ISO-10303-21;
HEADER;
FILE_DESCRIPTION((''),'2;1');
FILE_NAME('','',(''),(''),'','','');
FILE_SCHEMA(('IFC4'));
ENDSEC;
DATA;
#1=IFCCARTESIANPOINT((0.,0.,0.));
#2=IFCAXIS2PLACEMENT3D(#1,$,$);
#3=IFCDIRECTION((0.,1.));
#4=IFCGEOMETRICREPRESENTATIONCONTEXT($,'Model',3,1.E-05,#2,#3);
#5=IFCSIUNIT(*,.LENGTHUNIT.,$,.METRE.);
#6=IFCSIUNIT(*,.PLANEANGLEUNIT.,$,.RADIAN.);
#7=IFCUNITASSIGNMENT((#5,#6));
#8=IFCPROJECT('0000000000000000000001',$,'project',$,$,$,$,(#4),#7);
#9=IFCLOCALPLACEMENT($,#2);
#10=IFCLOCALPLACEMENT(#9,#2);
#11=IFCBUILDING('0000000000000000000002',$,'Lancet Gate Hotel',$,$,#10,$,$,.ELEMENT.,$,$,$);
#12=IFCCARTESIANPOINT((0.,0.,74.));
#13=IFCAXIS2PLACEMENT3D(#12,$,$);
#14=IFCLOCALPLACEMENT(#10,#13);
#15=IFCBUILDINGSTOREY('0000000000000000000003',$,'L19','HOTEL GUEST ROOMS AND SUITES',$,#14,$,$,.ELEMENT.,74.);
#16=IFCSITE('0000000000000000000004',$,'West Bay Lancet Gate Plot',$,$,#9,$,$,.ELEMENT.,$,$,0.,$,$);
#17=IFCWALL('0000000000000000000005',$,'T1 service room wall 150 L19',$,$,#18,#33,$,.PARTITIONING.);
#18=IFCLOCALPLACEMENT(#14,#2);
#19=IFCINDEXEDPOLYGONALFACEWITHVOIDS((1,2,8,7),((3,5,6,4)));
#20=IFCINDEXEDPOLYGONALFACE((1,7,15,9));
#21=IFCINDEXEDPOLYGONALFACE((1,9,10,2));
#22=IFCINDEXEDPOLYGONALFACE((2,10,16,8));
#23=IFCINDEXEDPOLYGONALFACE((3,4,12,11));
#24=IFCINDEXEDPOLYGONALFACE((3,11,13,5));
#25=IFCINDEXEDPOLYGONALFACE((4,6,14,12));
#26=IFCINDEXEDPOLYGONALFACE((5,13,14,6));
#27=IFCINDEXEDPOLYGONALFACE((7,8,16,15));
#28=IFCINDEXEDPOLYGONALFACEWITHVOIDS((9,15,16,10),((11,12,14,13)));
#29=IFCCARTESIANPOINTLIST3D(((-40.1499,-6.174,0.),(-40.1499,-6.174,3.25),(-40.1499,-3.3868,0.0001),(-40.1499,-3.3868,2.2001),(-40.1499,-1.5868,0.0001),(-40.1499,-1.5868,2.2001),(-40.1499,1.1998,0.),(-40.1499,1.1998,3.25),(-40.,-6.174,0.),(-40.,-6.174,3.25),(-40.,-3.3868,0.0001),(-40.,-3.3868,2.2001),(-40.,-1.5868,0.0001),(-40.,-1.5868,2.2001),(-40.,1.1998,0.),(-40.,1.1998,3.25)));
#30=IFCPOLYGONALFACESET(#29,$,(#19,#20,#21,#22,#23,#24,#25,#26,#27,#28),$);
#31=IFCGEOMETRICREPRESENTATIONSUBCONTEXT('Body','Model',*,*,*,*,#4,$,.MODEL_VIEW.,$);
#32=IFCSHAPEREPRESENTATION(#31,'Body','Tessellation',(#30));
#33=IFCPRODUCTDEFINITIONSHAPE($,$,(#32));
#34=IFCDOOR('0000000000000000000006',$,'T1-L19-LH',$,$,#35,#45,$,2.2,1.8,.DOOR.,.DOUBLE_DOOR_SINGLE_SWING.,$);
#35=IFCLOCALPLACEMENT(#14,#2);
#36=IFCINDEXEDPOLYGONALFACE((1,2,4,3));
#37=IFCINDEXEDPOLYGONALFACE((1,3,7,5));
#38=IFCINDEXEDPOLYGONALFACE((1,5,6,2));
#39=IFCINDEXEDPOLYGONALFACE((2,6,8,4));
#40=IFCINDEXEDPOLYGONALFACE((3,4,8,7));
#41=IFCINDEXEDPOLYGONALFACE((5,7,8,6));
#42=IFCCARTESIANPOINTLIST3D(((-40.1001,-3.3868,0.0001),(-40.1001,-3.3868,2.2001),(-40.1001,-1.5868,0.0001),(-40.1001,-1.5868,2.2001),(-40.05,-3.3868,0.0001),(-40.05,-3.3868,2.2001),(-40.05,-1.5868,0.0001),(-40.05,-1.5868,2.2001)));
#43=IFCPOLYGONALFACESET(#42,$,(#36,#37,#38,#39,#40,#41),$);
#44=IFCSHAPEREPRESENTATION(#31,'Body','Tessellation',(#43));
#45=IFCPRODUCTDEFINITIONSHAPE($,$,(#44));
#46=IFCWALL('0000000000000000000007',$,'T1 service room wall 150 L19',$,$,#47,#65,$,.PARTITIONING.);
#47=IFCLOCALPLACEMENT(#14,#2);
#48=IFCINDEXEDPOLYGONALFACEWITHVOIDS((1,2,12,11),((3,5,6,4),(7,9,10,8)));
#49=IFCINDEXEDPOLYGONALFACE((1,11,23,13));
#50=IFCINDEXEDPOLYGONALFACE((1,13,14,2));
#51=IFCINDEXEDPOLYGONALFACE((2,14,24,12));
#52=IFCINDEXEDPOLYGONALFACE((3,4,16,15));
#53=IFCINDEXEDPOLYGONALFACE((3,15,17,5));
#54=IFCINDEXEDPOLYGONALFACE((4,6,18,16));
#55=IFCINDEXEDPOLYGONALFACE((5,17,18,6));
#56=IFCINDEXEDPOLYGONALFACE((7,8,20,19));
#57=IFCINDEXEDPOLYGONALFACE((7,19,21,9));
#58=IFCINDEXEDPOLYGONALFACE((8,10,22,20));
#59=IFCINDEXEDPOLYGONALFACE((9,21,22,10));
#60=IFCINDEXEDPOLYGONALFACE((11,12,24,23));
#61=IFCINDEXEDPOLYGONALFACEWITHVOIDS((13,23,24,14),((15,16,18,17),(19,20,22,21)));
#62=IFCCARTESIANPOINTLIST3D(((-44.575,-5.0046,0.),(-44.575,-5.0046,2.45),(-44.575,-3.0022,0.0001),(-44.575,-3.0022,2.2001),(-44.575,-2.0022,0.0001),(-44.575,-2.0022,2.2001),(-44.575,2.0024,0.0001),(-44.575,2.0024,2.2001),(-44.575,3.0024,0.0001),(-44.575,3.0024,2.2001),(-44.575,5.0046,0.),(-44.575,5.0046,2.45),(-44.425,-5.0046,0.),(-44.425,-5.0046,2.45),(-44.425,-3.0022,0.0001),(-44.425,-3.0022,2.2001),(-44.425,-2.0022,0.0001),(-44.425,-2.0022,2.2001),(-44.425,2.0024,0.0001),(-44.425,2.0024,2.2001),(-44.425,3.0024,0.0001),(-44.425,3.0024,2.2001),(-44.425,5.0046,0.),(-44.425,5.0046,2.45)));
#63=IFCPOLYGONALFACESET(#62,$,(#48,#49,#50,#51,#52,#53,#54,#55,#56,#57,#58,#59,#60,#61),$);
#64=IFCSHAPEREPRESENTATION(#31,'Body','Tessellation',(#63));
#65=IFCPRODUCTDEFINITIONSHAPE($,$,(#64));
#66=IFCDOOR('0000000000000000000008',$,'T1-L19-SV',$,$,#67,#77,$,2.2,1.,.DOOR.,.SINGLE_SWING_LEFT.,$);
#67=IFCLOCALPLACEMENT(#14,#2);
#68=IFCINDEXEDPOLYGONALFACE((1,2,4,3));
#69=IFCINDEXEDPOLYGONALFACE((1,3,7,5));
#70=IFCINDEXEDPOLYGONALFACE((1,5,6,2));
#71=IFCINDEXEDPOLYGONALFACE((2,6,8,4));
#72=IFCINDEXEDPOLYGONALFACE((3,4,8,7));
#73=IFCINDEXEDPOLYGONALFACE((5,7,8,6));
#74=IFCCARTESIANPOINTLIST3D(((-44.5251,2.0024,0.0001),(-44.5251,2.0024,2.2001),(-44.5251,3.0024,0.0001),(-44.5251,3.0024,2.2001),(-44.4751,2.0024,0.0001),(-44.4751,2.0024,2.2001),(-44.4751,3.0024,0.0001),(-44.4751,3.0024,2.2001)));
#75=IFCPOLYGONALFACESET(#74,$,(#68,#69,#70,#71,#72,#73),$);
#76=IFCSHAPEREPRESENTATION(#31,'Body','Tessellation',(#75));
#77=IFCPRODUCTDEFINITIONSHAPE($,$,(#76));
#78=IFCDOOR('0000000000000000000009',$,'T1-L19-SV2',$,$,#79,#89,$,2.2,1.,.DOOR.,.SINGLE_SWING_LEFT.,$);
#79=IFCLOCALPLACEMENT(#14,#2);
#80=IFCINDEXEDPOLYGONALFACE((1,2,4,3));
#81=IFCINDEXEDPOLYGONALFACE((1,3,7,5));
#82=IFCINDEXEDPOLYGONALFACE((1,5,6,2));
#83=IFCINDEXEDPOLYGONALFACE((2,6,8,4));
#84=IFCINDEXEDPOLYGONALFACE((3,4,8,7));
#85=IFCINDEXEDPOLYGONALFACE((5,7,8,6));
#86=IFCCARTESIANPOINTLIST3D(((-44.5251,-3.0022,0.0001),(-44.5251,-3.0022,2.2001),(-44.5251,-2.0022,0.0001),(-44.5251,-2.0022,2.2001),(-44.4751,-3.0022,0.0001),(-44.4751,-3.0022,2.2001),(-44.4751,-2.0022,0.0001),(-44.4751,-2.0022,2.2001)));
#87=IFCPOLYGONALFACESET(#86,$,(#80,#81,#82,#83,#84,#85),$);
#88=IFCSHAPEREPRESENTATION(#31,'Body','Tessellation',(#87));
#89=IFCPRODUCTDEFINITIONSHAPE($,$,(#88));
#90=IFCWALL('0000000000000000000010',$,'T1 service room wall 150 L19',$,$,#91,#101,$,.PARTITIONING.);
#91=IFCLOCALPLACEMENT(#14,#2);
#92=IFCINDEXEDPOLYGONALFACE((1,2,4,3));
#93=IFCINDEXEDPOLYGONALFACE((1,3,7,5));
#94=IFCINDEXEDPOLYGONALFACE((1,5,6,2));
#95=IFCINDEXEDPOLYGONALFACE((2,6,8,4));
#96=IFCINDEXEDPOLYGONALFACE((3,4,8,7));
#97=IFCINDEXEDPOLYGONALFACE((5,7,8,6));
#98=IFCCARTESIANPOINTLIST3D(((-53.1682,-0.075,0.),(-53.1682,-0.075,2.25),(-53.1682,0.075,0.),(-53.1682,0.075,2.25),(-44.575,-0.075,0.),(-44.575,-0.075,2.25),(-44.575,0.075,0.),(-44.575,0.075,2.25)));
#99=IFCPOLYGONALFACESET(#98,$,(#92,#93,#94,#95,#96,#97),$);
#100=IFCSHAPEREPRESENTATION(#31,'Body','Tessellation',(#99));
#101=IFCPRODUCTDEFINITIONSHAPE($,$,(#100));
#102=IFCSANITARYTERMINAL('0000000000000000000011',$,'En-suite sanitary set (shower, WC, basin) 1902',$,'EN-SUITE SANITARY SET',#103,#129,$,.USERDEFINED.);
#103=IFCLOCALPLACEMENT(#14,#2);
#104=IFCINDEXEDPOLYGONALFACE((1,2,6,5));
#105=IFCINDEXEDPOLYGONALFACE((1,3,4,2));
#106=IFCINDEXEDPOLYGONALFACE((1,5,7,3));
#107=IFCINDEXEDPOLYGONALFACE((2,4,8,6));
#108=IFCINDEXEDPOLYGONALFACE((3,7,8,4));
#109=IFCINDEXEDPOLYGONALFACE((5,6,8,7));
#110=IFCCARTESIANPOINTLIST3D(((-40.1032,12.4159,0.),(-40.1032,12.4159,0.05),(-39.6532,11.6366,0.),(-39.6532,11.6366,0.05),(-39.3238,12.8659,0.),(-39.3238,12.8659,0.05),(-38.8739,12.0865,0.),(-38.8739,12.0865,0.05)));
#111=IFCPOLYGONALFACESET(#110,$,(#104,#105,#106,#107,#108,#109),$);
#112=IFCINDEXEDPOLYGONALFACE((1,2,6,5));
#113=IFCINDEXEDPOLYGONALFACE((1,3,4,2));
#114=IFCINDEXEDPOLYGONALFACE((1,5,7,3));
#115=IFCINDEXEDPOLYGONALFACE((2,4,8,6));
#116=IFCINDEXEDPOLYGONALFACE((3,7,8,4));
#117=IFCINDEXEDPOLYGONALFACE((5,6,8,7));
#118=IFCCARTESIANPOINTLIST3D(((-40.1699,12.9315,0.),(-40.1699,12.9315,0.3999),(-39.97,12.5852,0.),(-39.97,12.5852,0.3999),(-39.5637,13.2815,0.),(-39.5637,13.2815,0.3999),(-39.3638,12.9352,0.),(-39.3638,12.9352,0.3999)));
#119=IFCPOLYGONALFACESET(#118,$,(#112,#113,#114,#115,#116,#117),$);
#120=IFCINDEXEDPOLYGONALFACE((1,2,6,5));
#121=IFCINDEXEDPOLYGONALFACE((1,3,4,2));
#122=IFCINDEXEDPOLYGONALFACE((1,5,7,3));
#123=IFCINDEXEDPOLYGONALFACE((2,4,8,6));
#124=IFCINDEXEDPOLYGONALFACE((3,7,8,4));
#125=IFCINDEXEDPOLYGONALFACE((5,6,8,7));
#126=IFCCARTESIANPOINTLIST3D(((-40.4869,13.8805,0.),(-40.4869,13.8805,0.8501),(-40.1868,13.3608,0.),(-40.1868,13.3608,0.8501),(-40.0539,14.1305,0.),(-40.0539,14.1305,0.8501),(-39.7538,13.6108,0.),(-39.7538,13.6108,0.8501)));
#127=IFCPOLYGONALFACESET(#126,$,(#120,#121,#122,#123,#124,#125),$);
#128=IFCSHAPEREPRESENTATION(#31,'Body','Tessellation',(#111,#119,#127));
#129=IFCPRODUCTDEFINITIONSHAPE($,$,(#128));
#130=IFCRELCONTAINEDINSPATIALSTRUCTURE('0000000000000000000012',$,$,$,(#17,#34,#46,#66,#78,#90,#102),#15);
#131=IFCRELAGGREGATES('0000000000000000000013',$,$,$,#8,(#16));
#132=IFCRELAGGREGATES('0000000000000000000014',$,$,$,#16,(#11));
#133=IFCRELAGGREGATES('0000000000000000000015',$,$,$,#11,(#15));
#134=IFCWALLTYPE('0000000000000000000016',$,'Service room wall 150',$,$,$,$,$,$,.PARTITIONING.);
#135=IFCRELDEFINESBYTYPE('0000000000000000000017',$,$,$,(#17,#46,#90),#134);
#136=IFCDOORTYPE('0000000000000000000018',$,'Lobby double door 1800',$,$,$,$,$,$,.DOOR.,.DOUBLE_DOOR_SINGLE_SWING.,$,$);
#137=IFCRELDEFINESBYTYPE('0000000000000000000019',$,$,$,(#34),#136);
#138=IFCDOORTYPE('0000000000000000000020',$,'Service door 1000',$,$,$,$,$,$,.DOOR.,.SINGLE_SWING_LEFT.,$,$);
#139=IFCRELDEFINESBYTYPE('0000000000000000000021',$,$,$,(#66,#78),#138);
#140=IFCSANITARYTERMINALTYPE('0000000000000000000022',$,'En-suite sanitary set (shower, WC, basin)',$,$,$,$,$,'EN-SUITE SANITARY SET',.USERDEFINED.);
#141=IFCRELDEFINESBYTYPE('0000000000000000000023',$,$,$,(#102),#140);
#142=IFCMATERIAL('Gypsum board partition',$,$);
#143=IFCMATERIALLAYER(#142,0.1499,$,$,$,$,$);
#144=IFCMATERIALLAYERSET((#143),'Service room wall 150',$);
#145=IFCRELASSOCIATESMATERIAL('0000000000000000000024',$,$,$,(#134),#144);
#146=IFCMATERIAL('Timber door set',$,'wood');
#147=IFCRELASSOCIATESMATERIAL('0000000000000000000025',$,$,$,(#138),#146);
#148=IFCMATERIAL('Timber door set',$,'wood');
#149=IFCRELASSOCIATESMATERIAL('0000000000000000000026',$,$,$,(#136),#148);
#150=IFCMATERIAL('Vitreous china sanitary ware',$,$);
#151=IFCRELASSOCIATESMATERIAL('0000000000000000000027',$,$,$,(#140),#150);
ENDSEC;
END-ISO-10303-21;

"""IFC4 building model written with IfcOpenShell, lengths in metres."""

from ifc_helpers import new_model, si_unit, direction, frame, frame_2d, origin, origin_2d, place, context, subcontext, project, spatial, rectangle, extrude, material, layer, layer_set, type_object, element, fill, save


model = new_model("IFC4")

# Units and contexts
model_context = context("Model", 3, precision=1e-05, world=origin(), true_north=direction((0.0, 1.0)))
body_context = subcontext(model_context, "Body", "Model", "MODEL_VIEW")
ifc_project = project(units=[si_unit("LENGTHUNIT", "METRE"), si_unit("PLANEANGLEUNIT", "RADIAN")], contexts=[model_context])

# Site, building, storey
site_placement = place(None, origin())
site = spatial("IfcSite", under=ifc_project, at=site_placement, Name="West Bay Lancet Gate Plot", CompositionType="ELEMENT", RefElevation=0.0)
building_placement = place(site_placement, origin())
building = spatial("IfcBuilding", under=site, at=building_placement, Name="Lancet Gate Hotel", CompositionType="ELEMENT")
storey_placement = place(building_placement, frame((0.0, 0.0, 74.0)))
storey = spatial("IfcBuildingStorey", under=building, at=storey_placement, Name="L19", Description="HOTEL GUEST ROOMS AND SUITES", CompositionType="ELEMENT", Elevation=74.0)

# Wall, opening, door
ifc_material_1 = material(Name="Gypsum board partition")
ifc_layer_1 = layer(ifc_material_1, 0.1499)
ifc_layer_set_1 = layer_set([ifc_layer_1], Name="Service room wall 150")
wall_type_1 = type_object("IfcWallType", Name="Service room wall 150", PredefinedType="PARTITIONING", material=ifc_layer_set_1)
ifc_material_2 = material(Name="Timber door set", Category="wood")
door_type_1 = type_object("IfcDoorType", Name="Service door 1000", OperationType="SINGLE_SWING_LEFT", PredefinedType="DOOR", material=ifc_material_2)
wall_1_placement = place(storey_placement, frame((-40.075, 1.2, 0.0), z_axis=(0.0, 0.0, 1.0), x_axis=(0.0, -1.0, 0.0)))
wall_1 = element("IfcWall", 1, at=wall_1_placement, inside=storey, type_object=wall_type_1, Name="T1 service room wall 150 L19", PredefinedType="PARTITIONING", context=body_context, shape_type="SweptSolid", body=[
    extrude(rectangle(XDim=7.3738, YDim=0.1499, at=frame_2d((3.687, 0.0))), origin(), (0.0, 0.0, 1.0), 3.25),
])
opening_1_placement = place(wall_1_placement, frame((2.7869, 0.0, 0.0)))
opening_1 = element("IfcOpeningElement", 2, at=opening_1_placement, cuts=wall_1, PredefinedType="OPENING", context=body_context, shape_type="SweptSolid", body=[
    extrude(rectangle(XDim=1.8, YDim=2.2, at=frame_2d((0.8999, 1.1001))), frame((0.0, 0.085, 0.0), z_axis=(0.0, -1.0, 0.0), x_axis=(1.0, 0.0, 0.0)), (0.0, 0.0, 1.0), 0.1699),
])
ifc_material_3 = material(Name="Timber door set", Category="wood")
door_type_2 = type_object("IfcDoorType", Name="Lobby double door 1800", OperationType="DOUBLE_DOOR_SINGLE_SWING", PredefinedType="DOOR", material=ifc_material_3)
door_1_placement = place(opening_1_placement, origin())
door_1 = element("IfcDoor", 3, at=door_1_placement, inside=storey, type_object=door_type_2, Name="T1-L19-LH", OperationType="DOUBLE_DOOR_SINGLE_SWING", OverallHeight=2.2, OverallWidth=1.8, PredefinedType="DOOR", context=body_context, shape_type="SweptSolid", body=[
    extrude(rectangle(XDim=1.8, YDim=2.2, at=frame_2d((0.8999, 1.1001))), frame((0.0, 0.0249, 0.0), z_axis=(0.0, -1.0, 0.0), x_axis=(1.0, 0.0, 0.0)), (0.0, 0.0, 1.0), 0.05),
])
fill(opening_1, door_1)

# Wall, openings, doors
wall_2_placement = place(storey_placement, frame((-44.5, 5.0046, 0.0), z_axis=(0.0, 0.0, 1.0), x_axis=(0.0, -1.0, 0.0)))
wall_2 = element("IfcWall", 4, at=wall_2_placement, inside=storey, type_object=wall_type_1, Name="T1 service room wall 150 L19", PredefinedType="PARTITIONING", context=body_context, shape_type="SweptSolid", body=[
    extrude(rectangle(XDim=10.0093, YDim=0.1499, at=frame_2d((5.0046, 0.0))), origin(), (0.0, 0.0, 1.0), 2.45),
])
opening_2_placement = place(wall_2_placement, frame((2.0022, 0.0, 0.0)))
opening_2 = element("IfcOpeningElement", 5, at=opening_2_placement, cuts=wall_2, PredefinedType="OPENING", context=body_context, shape_type="SweptSolid", body=[
    extrude(rectangle(XDim=1.0, YDim=2.2, at=frame_2d((0.5, 1.1001))), frame((0.0, 0.085, 0.0), z_axis=(0.0, -1.0, 0.0), x_axis=(1.0, 0.0, 0.0)), (0.0, 0.0, 1.0), 0.1699),
])
opening_3_placement = place(wall_2_placement, frame((7.0068, 0.0, 0.0)))
opening_3 = element("IfcOpeningElement", 6, at=opening_3_placement, cuts=wall_2, PredefinedType="OPENING", context=body_context, shape_type="SweptSolid", body=[
    extrude(rectangle(XDim=1.0, YDim=2.2, at=frame_2d((0.5, 1.1001))), frame((0.0, 0.085, 0.0), z_axis=(0.0, -1.0, 0.0), x_axis=(1.0, 0.0, 0.0)), (0.0, 0.0, 1.0), 0.1699),
])
door_2_placement = place(opening_2_placement, origin())
door_2 = element("IfcDoor", 7, at=door_2_placement, inside=storey, type_object=door_type_1, Name="T1-L19-SV", OperationType="SINGLE_SWING_LEFT", OverallHeight=2.2, OverallWidth=1.0, PredefinedType="DOOR", context=body_context, shape_type="SweptSolid", body=[
    extrude(rectangle(XDim=1.0, YDim=2.2, at=frame_2d((0.5, 1.1001))), frame((0.0, 0.0249, 0.0), z_axis=(0.0, -1.0, 0.0), x_axis=(1.0, 0.0, 0.0)), (0.0, 0.0, 1.0), 0.05),
])
fill(opening_2, door_2)
door_3_placement = place(opening_3_placement, origin())
door_3 = element("IfcDoor", 8, at=door_3_placement, inside=storey, type_object=door_type_1, Name="T1-L19-SV2", OperationType="SINGLE_SWING_LEFT", OverallHeight=2.2, OverallWidth=1.0, PredefinedType="DOOR", context=body_context, shape_type="SweptSolid", body=[
    extrude(rectangle(XDim=1.0, YDim=2.2, at=frame_2d((0.5, 1.1001))), frame((0.0, 0.0249, 0.0), z_axis=(0.0, -1.0, 0.0), x_axis=(1.0, 0.0, 0.0)), (0.0, 0.0, 1.0), 0.05),
])
fill(opening_3, door_3)

# Wall
wall_3_placement = place(storey_placement, frame((-44.575, 0.0, 0.0), z_axis=(0.0, 0.0, 1.0), x_axis=(-1.0, 0.0, 0.0)))
element("IfcWall", 9, at=wall_3_placement, inside=storey, type_object=wall_type_1, Name="T1 service room wall 150 L19", PredefinedType="PARTITIONING", context=body_context, shape_type="SweptSolid", body=[
    extrude(rectangle(XDim=8.5933, YDim=0.1499, at=frame_2d((4.2966, 0.0))), origin(), (0.0, 0.0, 1.0), 2.25),
])

# Sanitary terminal
ifc_material_4 = material(Name="Vitreous china sanitary ware")
sanitary_terminal_type = type_object("IfcSanitaryTerminalType", Name="En-suite sanitary set (shower, WC, basin)", ElementType="EN-SUITE SANITARY SET", PredefinedType="USERDEFINED", material=ifc_material_4)
sanitary_terminal_placement = place(storey_placement, frame((-39.4885, 12.2512, 0.0), z_axis=(0.0, 0.0, 1.0), x_axis=(1.0, 0.0, 0.0)))
element("IfcSanitaryTerminal", 10, at=sanitary_terminal_placement, inside=storey, type_object=sanitary_terminal_type, Name="En-suite sanitary set (shower, WC, basin) 1902", ObjectType="EN-SUITE SANITARY SET", PredefinedType="USERDEFINED", context=body_context, shape_type="SweptSolid", body=[
    extrude(rectangle(XDim=0.8999, YDim=0.8999, at=origin_2d()), frame((0.0, 0.0, 0.0), z_axis=(0.0, 0.0, 1.0), x_axis=(0.5, -0.866025, 0.0)), (0.0, 0.0, 1.0), 0.05),
    extrude(rectangle(XDim=0.3999, YDim=0.7, at=origin_2d()), frame((-0.2783, 0.6821, 0.0), z_axis=(0.0, 0.0, 1.0), x_axis=(0.5, -0.866025, 0.0)), (0.0, 0.0, 1.0), 0.3999),
    extrude(rectangle(XDim=0.6001, YDim=0.5, at=origin_2d()), frame((-0.6318, 1.4944, 0.0), z_axis=(0.0, 0.0, 1.0), x_axis=(0.5, -0.866025, 0.0)), (0.0, 0.0, 1.0), 0.8501),
])

save(model, "model.ifc")
